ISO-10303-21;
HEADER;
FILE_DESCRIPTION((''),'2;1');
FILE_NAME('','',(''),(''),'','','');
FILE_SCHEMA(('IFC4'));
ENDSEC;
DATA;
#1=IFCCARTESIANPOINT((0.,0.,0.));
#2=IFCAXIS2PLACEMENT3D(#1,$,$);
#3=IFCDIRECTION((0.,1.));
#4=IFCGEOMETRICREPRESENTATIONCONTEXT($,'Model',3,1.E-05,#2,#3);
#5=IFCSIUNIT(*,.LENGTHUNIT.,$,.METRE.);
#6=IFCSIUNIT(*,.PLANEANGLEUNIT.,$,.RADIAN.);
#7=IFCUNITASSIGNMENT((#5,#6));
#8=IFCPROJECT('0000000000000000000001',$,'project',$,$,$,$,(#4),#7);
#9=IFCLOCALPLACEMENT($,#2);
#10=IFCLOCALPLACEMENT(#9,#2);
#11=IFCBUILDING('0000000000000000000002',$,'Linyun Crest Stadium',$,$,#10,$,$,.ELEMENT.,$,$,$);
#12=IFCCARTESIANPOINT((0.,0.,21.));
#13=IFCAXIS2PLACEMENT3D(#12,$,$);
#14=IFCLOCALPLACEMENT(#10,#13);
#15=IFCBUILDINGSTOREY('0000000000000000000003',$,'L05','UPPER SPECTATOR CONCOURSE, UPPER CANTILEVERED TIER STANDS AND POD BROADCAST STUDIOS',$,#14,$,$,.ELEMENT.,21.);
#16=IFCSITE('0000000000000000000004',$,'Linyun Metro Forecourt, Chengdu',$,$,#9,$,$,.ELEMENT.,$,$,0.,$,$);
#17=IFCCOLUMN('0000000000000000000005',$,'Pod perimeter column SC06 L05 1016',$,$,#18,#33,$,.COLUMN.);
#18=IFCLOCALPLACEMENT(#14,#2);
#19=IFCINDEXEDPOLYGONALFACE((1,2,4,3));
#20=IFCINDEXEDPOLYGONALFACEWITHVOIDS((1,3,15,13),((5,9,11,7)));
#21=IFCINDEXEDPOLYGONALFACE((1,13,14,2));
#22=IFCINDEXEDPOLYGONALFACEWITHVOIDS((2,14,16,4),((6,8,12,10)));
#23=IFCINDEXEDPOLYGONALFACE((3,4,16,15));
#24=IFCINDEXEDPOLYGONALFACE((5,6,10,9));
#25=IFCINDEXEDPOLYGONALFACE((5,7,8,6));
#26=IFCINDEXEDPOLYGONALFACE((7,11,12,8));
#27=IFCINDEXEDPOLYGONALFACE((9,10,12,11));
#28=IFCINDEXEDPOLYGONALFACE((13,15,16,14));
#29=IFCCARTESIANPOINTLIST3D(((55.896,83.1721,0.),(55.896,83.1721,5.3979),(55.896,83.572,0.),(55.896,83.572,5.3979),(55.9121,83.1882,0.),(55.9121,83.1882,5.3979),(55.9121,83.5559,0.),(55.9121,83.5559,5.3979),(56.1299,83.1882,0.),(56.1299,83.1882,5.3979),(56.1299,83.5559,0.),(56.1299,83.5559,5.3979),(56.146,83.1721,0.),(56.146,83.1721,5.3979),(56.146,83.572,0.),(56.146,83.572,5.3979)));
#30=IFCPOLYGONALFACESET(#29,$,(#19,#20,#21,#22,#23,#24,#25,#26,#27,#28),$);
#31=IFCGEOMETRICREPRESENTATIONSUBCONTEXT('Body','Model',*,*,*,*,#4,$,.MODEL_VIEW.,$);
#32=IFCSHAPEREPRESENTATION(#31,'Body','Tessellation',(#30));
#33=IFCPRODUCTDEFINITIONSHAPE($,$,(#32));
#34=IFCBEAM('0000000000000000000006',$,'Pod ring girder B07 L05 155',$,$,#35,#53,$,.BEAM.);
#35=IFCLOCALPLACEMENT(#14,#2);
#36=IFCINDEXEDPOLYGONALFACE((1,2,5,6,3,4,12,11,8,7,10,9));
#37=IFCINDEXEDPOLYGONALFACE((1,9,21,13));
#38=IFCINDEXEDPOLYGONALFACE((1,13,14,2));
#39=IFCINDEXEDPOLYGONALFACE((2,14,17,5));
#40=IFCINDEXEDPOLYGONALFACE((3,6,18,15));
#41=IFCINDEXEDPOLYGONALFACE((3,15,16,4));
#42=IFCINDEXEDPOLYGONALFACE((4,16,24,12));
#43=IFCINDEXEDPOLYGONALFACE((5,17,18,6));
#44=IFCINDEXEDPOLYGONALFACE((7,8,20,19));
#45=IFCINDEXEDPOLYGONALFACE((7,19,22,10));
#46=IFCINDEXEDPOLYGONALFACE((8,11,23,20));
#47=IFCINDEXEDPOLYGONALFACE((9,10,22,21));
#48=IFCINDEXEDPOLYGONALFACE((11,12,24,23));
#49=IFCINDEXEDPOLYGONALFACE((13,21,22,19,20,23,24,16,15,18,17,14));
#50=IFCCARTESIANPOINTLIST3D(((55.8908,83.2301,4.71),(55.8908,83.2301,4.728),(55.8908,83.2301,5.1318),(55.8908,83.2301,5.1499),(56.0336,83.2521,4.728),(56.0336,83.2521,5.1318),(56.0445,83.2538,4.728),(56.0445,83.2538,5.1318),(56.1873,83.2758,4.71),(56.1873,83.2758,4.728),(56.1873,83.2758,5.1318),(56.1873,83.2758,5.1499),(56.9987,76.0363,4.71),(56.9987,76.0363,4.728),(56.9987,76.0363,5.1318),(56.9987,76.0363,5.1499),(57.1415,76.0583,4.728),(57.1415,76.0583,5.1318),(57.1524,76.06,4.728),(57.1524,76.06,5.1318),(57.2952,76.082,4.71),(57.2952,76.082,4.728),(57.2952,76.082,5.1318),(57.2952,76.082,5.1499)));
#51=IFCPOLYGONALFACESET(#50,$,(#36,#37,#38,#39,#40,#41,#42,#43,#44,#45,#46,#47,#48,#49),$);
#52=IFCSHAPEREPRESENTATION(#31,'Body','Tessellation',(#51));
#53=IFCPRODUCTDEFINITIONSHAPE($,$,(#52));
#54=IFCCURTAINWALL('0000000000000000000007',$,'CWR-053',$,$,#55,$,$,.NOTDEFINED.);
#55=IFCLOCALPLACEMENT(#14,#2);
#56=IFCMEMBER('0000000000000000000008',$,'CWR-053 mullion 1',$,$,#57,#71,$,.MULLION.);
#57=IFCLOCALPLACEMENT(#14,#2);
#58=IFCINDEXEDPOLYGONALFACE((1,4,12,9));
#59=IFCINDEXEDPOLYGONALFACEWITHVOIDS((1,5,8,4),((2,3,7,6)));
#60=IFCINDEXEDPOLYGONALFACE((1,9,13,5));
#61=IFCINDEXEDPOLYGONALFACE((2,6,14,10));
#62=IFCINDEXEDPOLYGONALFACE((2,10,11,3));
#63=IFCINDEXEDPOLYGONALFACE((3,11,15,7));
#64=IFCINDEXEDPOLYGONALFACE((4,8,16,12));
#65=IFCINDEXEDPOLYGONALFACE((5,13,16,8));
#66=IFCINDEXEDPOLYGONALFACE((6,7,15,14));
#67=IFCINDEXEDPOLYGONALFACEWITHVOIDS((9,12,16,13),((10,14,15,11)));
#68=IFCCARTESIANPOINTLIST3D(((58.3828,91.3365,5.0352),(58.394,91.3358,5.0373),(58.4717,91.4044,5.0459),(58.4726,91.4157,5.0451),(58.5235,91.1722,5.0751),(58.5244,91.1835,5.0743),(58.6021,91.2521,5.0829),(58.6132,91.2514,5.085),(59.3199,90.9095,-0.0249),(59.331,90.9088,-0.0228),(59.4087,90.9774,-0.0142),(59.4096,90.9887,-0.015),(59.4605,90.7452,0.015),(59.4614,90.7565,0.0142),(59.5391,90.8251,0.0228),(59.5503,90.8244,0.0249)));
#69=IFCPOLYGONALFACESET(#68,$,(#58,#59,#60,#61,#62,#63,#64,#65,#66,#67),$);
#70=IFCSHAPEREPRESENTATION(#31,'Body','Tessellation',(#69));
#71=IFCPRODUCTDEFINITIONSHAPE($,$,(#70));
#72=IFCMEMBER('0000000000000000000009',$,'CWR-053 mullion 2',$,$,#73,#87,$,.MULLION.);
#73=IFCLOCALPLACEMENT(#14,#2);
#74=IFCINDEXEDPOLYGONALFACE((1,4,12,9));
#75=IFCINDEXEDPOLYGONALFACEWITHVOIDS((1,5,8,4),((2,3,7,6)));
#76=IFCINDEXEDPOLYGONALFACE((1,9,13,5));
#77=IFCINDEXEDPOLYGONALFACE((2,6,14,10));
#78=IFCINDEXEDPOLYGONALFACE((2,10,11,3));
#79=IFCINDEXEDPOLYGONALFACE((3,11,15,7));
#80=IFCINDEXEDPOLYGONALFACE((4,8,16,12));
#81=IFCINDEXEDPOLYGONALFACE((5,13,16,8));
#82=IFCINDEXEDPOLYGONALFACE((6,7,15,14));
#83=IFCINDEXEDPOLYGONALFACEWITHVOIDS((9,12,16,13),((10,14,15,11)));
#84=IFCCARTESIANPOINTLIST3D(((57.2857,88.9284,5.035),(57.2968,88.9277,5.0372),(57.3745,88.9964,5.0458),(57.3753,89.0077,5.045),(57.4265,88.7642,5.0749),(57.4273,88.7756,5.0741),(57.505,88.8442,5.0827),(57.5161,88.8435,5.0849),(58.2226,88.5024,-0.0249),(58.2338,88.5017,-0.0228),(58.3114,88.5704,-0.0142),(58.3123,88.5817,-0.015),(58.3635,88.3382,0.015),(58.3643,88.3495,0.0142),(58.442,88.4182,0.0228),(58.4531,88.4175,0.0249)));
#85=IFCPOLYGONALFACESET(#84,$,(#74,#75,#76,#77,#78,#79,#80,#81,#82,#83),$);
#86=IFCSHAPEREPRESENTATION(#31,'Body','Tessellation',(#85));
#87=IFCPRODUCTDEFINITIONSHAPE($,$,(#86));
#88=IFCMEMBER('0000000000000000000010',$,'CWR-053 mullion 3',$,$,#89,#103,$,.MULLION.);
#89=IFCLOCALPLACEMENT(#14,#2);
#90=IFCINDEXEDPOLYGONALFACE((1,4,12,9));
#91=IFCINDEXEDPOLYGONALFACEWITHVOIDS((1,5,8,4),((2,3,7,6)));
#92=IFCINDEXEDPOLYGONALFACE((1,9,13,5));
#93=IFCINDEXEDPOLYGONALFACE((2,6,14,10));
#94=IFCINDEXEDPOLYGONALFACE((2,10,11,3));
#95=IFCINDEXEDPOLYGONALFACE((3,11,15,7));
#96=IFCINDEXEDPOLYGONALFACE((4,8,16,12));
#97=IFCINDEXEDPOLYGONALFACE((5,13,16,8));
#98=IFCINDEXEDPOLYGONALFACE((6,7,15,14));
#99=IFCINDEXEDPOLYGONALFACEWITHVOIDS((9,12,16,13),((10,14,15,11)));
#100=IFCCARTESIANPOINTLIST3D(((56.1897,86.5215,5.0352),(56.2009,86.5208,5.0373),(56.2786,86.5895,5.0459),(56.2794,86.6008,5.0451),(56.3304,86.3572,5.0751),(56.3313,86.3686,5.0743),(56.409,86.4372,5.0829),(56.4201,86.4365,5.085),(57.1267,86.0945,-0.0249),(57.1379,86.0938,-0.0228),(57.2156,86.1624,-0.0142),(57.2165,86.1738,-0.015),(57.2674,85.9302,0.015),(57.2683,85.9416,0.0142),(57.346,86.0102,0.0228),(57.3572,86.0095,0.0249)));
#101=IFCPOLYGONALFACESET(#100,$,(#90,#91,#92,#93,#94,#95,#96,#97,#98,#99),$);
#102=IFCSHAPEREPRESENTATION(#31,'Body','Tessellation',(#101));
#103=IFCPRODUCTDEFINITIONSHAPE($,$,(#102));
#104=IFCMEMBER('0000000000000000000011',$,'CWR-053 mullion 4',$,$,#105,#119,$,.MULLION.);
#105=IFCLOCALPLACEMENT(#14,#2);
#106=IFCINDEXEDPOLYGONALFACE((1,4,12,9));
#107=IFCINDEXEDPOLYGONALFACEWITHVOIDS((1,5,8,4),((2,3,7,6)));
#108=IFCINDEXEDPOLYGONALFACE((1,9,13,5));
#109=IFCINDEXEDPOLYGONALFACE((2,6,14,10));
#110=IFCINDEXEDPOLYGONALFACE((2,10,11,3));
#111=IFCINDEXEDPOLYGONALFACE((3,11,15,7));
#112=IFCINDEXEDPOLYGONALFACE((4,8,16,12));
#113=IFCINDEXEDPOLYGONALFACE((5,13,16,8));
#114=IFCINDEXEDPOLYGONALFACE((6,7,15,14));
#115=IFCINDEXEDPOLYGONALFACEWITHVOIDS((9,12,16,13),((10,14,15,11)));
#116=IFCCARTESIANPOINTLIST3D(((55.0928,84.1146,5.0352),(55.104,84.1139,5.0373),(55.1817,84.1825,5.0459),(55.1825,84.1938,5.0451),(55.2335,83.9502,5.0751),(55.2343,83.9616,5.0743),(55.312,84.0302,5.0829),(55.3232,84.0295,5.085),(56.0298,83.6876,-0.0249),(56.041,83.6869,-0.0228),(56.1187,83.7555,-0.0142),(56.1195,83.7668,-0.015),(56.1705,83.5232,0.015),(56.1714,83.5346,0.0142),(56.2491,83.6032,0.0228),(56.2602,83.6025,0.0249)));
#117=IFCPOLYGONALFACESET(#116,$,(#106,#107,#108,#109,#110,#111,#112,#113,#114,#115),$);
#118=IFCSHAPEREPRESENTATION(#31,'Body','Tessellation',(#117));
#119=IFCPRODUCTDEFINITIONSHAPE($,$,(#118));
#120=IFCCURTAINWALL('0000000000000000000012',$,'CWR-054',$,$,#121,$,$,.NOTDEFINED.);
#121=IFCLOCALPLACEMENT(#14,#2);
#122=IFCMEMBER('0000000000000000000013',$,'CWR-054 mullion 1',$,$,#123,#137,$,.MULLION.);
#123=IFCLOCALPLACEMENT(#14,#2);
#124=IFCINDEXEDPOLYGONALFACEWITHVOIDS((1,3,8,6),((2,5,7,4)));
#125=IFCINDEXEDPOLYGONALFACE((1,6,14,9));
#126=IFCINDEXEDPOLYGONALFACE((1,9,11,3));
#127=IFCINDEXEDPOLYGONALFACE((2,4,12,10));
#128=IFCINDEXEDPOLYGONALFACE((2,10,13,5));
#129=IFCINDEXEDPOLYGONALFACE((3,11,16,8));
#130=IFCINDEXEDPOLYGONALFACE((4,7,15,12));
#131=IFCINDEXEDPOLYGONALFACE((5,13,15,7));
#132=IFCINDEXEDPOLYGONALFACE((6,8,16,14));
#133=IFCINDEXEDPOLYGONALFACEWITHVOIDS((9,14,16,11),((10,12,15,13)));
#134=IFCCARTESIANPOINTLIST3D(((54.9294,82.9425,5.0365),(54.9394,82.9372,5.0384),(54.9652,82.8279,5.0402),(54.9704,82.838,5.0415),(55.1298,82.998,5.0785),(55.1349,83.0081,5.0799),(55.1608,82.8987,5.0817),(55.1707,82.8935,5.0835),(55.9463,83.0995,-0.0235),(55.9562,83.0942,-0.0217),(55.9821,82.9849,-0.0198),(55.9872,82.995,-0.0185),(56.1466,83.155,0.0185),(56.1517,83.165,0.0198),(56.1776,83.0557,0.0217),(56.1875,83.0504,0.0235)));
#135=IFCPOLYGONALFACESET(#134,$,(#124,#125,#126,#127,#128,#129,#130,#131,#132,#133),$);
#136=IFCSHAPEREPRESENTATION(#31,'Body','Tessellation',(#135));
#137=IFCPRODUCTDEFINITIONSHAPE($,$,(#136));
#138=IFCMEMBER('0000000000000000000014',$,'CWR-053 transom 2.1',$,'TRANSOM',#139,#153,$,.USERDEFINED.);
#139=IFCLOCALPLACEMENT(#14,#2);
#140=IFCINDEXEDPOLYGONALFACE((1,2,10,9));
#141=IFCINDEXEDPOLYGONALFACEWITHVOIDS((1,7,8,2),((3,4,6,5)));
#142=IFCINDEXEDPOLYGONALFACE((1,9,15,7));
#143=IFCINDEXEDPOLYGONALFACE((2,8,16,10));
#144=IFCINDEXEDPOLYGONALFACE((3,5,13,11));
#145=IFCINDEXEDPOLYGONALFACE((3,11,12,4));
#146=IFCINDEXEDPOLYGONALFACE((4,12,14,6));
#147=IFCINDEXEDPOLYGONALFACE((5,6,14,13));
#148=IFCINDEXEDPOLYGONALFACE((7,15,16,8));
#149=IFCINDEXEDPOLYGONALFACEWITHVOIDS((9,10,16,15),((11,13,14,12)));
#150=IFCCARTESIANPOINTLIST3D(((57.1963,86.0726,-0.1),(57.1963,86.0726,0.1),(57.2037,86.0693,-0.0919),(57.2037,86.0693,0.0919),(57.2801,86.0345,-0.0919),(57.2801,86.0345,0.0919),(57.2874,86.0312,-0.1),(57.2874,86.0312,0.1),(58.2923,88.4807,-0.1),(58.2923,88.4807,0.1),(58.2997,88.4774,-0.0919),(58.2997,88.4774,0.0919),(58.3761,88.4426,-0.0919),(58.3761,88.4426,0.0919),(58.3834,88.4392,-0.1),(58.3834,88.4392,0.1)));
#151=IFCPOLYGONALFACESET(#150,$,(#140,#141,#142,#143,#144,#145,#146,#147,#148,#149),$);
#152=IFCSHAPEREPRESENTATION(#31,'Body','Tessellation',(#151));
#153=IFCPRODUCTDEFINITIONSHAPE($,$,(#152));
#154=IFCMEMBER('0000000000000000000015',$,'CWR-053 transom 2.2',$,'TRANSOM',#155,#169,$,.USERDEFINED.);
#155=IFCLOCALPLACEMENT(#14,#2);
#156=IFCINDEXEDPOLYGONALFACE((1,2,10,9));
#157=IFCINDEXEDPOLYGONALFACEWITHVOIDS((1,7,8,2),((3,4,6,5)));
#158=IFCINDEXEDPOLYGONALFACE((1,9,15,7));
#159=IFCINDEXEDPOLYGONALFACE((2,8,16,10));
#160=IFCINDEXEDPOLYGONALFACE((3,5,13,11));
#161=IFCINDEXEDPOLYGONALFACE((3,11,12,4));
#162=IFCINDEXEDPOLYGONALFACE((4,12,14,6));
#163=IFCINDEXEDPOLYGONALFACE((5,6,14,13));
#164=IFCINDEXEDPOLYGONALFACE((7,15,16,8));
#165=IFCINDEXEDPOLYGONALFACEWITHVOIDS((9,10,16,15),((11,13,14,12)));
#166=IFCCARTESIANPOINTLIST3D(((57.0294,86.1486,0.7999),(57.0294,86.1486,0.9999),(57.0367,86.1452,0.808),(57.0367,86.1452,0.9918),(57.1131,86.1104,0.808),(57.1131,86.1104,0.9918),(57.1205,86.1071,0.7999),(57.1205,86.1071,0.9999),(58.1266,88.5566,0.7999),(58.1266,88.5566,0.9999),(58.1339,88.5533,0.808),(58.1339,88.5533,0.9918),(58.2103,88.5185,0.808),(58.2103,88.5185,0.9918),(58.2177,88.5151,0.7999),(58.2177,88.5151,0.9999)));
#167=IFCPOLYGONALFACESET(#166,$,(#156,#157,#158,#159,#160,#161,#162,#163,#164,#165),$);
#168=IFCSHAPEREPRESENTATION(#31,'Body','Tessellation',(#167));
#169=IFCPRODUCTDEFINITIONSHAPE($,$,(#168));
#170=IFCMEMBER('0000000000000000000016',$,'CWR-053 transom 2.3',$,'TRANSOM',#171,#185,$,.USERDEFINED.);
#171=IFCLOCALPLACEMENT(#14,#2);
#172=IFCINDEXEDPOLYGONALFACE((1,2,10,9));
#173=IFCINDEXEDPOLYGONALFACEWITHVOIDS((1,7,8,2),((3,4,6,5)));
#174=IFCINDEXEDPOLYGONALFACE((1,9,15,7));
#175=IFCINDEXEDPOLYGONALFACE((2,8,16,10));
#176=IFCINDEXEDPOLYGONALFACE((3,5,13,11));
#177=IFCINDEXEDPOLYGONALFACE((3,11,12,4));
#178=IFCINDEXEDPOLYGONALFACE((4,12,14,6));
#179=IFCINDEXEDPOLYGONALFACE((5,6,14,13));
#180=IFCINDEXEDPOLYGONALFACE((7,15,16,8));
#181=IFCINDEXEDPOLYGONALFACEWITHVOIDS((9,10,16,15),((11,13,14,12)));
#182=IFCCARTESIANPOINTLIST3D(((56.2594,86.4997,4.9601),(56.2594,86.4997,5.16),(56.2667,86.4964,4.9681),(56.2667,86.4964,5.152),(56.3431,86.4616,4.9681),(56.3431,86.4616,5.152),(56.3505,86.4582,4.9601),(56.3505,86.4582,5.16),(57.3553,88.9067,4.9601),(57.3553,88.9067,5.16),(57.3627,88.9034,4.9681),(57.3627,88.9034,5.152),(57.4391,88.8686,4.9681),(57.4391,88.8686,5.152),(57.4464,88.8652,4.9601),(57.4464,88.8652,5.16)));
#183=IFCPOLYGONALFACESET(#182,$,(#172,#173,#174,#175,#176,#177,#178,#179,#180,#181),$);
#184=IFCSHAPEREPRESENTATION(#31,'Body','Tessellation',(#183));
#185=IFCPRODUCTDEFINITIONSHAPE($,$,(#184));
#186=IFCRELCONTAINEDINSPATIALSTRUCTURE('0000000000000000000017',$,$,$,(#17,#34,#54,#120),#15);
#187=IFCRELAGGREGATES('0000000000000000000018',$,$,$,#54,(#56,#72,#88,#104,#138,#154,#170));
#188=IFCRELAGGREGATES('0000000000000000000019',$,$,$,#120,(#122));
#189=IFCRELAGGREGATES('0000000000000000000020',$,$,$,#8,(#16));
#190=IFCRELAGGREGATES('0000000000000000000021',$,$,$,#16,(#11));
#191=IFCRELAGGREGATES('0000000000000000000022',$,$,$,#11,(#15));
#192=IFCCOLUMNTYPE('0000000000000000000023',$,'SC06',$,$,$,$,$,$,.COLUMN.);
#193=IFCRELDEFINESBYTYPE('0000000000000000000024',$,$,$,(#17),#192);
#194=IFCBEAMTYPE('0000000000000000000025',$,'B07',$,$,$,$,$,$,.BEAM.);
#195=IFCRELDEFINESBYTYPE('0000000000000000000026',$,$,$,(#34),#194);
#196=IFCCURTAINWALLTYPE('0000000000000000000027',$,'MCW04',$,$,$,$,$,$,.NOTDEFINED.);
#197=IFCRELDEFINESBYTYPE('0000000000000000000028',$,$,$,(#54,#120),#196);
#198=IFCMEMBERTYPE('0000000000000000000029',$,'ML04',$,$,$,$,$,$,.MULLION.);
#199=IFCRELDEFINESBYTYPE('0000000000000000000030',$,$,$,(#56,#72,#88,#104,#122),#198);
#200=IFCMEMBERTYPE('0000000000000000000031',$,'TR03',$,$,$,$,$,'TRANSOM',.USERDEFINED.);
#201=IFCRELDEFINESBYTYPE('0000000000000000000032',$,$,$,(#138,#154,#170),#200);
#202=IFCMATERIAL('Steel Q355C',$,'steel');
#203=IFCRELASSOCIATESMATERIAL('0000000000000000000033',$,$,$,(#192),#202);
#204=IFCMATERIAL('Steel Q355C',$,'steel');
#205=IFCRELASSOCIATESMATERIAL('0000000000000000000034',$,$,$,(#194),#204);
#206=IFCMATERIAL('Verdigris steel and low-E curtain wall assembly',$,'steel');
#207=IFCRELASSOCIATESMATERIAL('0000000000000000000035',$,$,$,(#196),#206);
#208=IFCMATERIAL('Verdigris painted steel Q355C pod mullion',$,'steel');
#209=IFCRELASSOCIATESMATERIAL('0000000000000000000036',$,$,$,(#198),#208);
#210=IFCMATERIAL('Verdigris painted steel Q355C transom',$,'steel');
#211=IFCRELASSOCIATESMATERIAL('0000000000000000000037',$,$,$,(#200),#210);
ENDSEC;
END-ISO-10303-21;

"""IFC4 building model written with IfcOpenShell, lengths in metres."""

from ifc_helpers import new_model, si_unit, direction, frame, origin, origin_2d, place, context, subcontext, project, spatial, hollow_rectangle, i_section, extrude, material, material_profile, profile_set, type_object, element, aggregate, save


model = new_model("IFC4")

# Units and contexts
model_context = context("Model", 3, precision=1e-05, world=origin(), true_north=direction((0.0, 1.0)))
body_context = subcontext(model_context, "Body", "Model", "MODEL_VIEW")
ifc_project = project(units=[si_unit("LENGTHUNIT", "METRE"), si_unit("PLANEANGLEUNIT", "RADIAN")], contexts=[model_context])

# Site, building, storey
site_placement = place(None, origin())
site = spatial("IfcSite", under=ifc_project, at=site_placement, Name="Linyun Metro Forecourt, Chengdu", CompositionType="ELEMENT", RefElevation=0.0)
building_placement = place(site_placement, origin())
building = spatial("IfcBuilding", under=site, at=building_placement, Name="Linyun Crest Stadium", CompositionType="ELEMENT")
storey_placement = place(building_placement, frame((0.0, 0.0, 21.0)))
storey = spatial("IfcBuildingStorey", under=building, at=storey_placement, Name="L05", Description="UPPER SPECTATOR CONCOURSE, UPPER CANTILEVERED TIER STANDS AND POD BROADCAST STUDIOS", CompositionType="ELEMENT", Elevation=21.0)

# Column
ifc_material_1 = material(Name="Steel Q355C", Category="steel")
ifc_material_profile_1 = material_profile(ifc_material_1, hollow_rectangle(XDim=0.25, YDim=0.3999, WallThickness=0.0161, at=origin_2d()), Name="RHS 400x250x16")
ifc_profile_set_1 = profile_set([ifc_material_profile_1], Name="Steel Q355C")
column_type = type_object("IfcColumnType", Name="SC06", PredefinedType="COLUMN", material=ifc_profile_set_1)
column_placement = place(storey_placement, frame((56.021, 83.3721, 0.0), z_axis=(0.0, 0.0, 1.0), x_axis=(1.0, 0.0, 0.0)))
element("IfcColumn", 1, at=column_placement, inside=storey, type_object=column_type, Name="Pod perimeter column SC06 L05 1016", PredefinedType="COLUMN", context=body_context, shape_type="SweptSolid", body=[
    extrude(hollow_rectangle(XDim=0.25, YDim=0.3999, WallThickness=0.0161, at=origin_2d()), origin(), (0.0, 0.0, 1.0), 5.3979),
])

# Beam
ifc_material_2 = material(Name="Steel Q355C", Category="steel")
ifc_material_profile_2 = material_profile(ifc_material_2, i_section(OverallWidth=0.3, OverallDepth=0.4399, WebThickness=0.011, FlangeThickness=0.0181, at=origin_2d()), Name="HM 440x300")
ifc_profile_set_2 = profile_set([ifc_material_profile_2], Name="Steel Q355C")
beam_type = type_object("IfcBeamType", Name="B07", PredefinedType="BEAM", material=ifc_profile_set_2)
beam_placement = place(storey_placement, frame((56.0391, 83.2529, 4.9299), z_axis=(0.152213, -0.988348, 0.0), x_axis=(0.988348, 0.152213, 0.0)))
element("IfcBeam", 2, at=beam_placement, inside=storey, type_object=beam_type, Name="Pod ring girder B07 L05 155", PredefinedType="BEAM", context=body_context, shape_type="SweptSolid", body=[
    extrude(i_section(OverallWidth=0.3, OverallDepth=0.4399, WebThickness=0.011, FlangeThickness=0.0181, at=origin_2d()), origin(), (0.0, 0.0, 1.0), 7.2786),
])

# Curtain wall, members
ifc_material_3 = material(Name="Verdigris steel and low-E curtain wall assembly", Category="steel")
curtain_wall_type = type_object("IfcCurtainWallType", Name="MCW04", PredefinedType="NOTDEFINED", material=ifc_material_3)
curtain_wall_1_placement = place(storey_placement, origin())
curtain_wall_1 = element("IfcCurtainWall", 3, at=curtain_wall_1_placement, inside=storey, type_object=curtain_wall_type, Name="CWR-053", PredefinedType="NOTDEFINED")
ifc_material_4 = material(Name="Verdigris painted steel Q355C pod mullion", Category="steel")
ifc_material_profile_3 = material_profile(ifc_material_4, hollow_rectangle(XDim=0.1201, YDim=0.22, WallThickness=0.0081, at=origin_2d()), Name="RHS 220x120x8")
ifc_profile_set_3 = profile_set([ifc_material_profile_3], Name="Verdigris painted steel Q355C pod mullion")
member_type_1 = type_object("IfcMemberType", Name="ML04", PredefinedType="MULLION", material=ifc_profile_set_3)
member_1_placement = place(storey_placement, frame((59.4351, 90.8669, 0.0), z_axis=(-0.181459, 0.082692, 0.979916), x_axis=(-0.747008, -0.659656, -0.082663)))
member_1 = element("IfcMember", 4, at=member_1_placement, type_object=member_type_1, Name="CWR-053 mullion 1", PredefinedType="MULLION", context=body_context, shape_type="SweptSolid", body=[
    extrude(hollow_rectangle(XDim=0.1201, YDim=0.22, WallThickness=0.0081, at=origin_2d()), origin(), (0.0, 0.0, 1.0), 5.1638),
])
member_2_placement = place(storey_placement, frame((58.3379, 88.46, 0.0), z_axis=(-0.181462, 0.082504, 0.979931), x_axis=(-0.746444, -0.660298, -0.082632)))
member_2 = element("IfcMember", 5, at=member_2_placement, type_object=member_type_1, Name="CWR-053 mullion 2", PredefinedType="MULLION", context=body_context, shape_type="SweptSolid", body=[
    extrude(hollow_rectangle(XDim=0.1201, YDim=0.22, WallThickness=0.0081, at=origin_2d()), origin(), (0.0, 0.0, 1.0), 5.1636),
])
member_3_placement = place(storey_placement, frame((57.2419, 86.052, 0.0), z_axis=(-0.181459, 0.082692, 0.979916), x_axis=(-0.747008, -0.659656, -0.082663)))
member_3 = element("IfcMember", 6, at=member_3_placement, type_object=member_type_1, Name="CWR-053 mullion 3", PredefinedType="MULLION", context=body_context, shape_type="SweptSolid", body=[
    extrude(hollow_rectangle(XDim=0.1201, YDim=0.22, WallThickness=0.0081, at=origin_2d()), origin(), (0.0, 0.0, 1.0), 5.1638),
])
member_4_placement = place(storey_placement, frame((56.145, 83.645, 0.0), z_axis=(-0.181459, 0.082692, 0.979916), x_axis=(-0.747008, -0.659656, -0.082663)))
member_4 = element("IfcMember", 7, at=member_4_placement, type_object=member_type_1, Name="CWR-053 mullion 4", PredefinedType="MULLION", context=body_context, shape_type="SweptSolid", body=[
    extrude(hollow_rectangle(XDim=0.1201, YDim=0.22, WallThickness=0.0081, at=origin_2d()), origin(), (0.0, 0.0, 1.0), 5.1638),
])

# Curtain wall, member
curtain_wall_2_placement = place(storey_placement, origin())
curtain_wall_2 = element("IfcCurtainWall", 8, at=curtain_wall_2_placement, inside=storey, type_object=curtain_wall_type, Name="CWR-054", PredefinedType="NOTDEFINED")
member_5_placement = place(storey_placement, frame((56.0669, 83.075, 0.0), z_axis=(-0.196926, -0.030402, 0.979947), x_axis=(0.298126, -0.954045, 0.030312)))
member_5 = element("IfcMember", 9, at=member_5_placement, type_object=member_type_1, Name="CWR-054 mullion 1", PredefinedType="MULLION", context=body_context, shape_type="SweptSolid", body=[
    extrude(hollow_rectangle(XDim=0.1201, YDim=0.22, WallThickness=0.0081, at=origin_2d()), origin(), (0.0, 0.0, 1.0), 5.1636),
])

# Members
ifc_material_5 = material(Name="Verdigris painted steel Q355C transom", Category="steel")
ifc_material_profile_4 = material_profile(ifc_material_5, hollow_rectangle(XDim=0.1001, YDim=0.2, WallThickness=0.0081, at=origin_2d()), Name="RHS 200x100x8")
ifc_profile_set_4 = profile_set([ifc_material_profile_4], Name="Verdigris painted steel Q355C transom")
member_type_2 = type_object("IfcMemberType", Name="TR03", ElementType="TRANSOM", PredefinedType="USERDEFINED", material=ifc_profile_set_4)
member_6_placement = place(storey_placement, frame((58.3379, 88.46, 0.0), z_axis=(-0.414248, -0.910164, 0.0), x_axis=(0.910164, -0.414248, 0.0)))
member_6 = element("IfcMember", 10, at=member_6_placement, type_object=member_type_2, Name="CWR-053 transom 2.1", ObjectType="TRANSOM", PredefinedType="USERDEFINED", context=body_context, shape_type="SweptSolid", body=[
    extrude(hollow_rectangle(XDim=0.1001, YDim=0.2, WallThickness=0.0081, at=origin_2d()), origin(), (0.0, 0.0, 1.0), 2.6458),
])
member_7_placement = place(storey_placement, frame((58.1721, 88.5359, 0.8999), z_axis=(-0.41463, -0.90999, 0.0), x_axis=(0.90999, -0.41463, 0.0)))
member_7 = element("IfcMember", 11, at=member_7_placement, type_object=member_type_2, Name="CWR-053 transom 2.2", ObjectType="TRANSOM", PredefinedType="USERDEFINED", context=body_context, shape_type="SweptSolid", body=[
    extrude(hollow_rectangle(XDim=0.1001, YDim=0.2, WallThickness=0.0081, at=origin_2d()), origin(), (0.0, 0.0, 1.0), 2.6462),
])
member_8_placement = place(storey_placement, frame((57.4009, 88.886, 5.0601), z_axis=(-0.414387, -0.910101, 0.0), x_axis=(0.910101, -0.414387, 0.0)))
member_8 = element("IfcMember", 12, at=member_8_placement, type_object=member_type_2, Name="CWR-053 transom 2.3", ObjectType="TRANSOM", PredefinedType="USERDEFINED", context=body_context, shape_type="SweptSolid", body=[
    extrude(hollow_rectangle(XDim=0.1001, YDim=0.2, WallThickness=0.0081, at=origin_2d()), origin(), (0.0, 0.0, 1.0), 2.6448),
])

aggregate(curtain_wall_1, [member_1, member_2, member_3, member_4, member_6, member_7, member_8])
aggregate(curtain_wall_2, [member_5])

save(model, "model.ifc")
